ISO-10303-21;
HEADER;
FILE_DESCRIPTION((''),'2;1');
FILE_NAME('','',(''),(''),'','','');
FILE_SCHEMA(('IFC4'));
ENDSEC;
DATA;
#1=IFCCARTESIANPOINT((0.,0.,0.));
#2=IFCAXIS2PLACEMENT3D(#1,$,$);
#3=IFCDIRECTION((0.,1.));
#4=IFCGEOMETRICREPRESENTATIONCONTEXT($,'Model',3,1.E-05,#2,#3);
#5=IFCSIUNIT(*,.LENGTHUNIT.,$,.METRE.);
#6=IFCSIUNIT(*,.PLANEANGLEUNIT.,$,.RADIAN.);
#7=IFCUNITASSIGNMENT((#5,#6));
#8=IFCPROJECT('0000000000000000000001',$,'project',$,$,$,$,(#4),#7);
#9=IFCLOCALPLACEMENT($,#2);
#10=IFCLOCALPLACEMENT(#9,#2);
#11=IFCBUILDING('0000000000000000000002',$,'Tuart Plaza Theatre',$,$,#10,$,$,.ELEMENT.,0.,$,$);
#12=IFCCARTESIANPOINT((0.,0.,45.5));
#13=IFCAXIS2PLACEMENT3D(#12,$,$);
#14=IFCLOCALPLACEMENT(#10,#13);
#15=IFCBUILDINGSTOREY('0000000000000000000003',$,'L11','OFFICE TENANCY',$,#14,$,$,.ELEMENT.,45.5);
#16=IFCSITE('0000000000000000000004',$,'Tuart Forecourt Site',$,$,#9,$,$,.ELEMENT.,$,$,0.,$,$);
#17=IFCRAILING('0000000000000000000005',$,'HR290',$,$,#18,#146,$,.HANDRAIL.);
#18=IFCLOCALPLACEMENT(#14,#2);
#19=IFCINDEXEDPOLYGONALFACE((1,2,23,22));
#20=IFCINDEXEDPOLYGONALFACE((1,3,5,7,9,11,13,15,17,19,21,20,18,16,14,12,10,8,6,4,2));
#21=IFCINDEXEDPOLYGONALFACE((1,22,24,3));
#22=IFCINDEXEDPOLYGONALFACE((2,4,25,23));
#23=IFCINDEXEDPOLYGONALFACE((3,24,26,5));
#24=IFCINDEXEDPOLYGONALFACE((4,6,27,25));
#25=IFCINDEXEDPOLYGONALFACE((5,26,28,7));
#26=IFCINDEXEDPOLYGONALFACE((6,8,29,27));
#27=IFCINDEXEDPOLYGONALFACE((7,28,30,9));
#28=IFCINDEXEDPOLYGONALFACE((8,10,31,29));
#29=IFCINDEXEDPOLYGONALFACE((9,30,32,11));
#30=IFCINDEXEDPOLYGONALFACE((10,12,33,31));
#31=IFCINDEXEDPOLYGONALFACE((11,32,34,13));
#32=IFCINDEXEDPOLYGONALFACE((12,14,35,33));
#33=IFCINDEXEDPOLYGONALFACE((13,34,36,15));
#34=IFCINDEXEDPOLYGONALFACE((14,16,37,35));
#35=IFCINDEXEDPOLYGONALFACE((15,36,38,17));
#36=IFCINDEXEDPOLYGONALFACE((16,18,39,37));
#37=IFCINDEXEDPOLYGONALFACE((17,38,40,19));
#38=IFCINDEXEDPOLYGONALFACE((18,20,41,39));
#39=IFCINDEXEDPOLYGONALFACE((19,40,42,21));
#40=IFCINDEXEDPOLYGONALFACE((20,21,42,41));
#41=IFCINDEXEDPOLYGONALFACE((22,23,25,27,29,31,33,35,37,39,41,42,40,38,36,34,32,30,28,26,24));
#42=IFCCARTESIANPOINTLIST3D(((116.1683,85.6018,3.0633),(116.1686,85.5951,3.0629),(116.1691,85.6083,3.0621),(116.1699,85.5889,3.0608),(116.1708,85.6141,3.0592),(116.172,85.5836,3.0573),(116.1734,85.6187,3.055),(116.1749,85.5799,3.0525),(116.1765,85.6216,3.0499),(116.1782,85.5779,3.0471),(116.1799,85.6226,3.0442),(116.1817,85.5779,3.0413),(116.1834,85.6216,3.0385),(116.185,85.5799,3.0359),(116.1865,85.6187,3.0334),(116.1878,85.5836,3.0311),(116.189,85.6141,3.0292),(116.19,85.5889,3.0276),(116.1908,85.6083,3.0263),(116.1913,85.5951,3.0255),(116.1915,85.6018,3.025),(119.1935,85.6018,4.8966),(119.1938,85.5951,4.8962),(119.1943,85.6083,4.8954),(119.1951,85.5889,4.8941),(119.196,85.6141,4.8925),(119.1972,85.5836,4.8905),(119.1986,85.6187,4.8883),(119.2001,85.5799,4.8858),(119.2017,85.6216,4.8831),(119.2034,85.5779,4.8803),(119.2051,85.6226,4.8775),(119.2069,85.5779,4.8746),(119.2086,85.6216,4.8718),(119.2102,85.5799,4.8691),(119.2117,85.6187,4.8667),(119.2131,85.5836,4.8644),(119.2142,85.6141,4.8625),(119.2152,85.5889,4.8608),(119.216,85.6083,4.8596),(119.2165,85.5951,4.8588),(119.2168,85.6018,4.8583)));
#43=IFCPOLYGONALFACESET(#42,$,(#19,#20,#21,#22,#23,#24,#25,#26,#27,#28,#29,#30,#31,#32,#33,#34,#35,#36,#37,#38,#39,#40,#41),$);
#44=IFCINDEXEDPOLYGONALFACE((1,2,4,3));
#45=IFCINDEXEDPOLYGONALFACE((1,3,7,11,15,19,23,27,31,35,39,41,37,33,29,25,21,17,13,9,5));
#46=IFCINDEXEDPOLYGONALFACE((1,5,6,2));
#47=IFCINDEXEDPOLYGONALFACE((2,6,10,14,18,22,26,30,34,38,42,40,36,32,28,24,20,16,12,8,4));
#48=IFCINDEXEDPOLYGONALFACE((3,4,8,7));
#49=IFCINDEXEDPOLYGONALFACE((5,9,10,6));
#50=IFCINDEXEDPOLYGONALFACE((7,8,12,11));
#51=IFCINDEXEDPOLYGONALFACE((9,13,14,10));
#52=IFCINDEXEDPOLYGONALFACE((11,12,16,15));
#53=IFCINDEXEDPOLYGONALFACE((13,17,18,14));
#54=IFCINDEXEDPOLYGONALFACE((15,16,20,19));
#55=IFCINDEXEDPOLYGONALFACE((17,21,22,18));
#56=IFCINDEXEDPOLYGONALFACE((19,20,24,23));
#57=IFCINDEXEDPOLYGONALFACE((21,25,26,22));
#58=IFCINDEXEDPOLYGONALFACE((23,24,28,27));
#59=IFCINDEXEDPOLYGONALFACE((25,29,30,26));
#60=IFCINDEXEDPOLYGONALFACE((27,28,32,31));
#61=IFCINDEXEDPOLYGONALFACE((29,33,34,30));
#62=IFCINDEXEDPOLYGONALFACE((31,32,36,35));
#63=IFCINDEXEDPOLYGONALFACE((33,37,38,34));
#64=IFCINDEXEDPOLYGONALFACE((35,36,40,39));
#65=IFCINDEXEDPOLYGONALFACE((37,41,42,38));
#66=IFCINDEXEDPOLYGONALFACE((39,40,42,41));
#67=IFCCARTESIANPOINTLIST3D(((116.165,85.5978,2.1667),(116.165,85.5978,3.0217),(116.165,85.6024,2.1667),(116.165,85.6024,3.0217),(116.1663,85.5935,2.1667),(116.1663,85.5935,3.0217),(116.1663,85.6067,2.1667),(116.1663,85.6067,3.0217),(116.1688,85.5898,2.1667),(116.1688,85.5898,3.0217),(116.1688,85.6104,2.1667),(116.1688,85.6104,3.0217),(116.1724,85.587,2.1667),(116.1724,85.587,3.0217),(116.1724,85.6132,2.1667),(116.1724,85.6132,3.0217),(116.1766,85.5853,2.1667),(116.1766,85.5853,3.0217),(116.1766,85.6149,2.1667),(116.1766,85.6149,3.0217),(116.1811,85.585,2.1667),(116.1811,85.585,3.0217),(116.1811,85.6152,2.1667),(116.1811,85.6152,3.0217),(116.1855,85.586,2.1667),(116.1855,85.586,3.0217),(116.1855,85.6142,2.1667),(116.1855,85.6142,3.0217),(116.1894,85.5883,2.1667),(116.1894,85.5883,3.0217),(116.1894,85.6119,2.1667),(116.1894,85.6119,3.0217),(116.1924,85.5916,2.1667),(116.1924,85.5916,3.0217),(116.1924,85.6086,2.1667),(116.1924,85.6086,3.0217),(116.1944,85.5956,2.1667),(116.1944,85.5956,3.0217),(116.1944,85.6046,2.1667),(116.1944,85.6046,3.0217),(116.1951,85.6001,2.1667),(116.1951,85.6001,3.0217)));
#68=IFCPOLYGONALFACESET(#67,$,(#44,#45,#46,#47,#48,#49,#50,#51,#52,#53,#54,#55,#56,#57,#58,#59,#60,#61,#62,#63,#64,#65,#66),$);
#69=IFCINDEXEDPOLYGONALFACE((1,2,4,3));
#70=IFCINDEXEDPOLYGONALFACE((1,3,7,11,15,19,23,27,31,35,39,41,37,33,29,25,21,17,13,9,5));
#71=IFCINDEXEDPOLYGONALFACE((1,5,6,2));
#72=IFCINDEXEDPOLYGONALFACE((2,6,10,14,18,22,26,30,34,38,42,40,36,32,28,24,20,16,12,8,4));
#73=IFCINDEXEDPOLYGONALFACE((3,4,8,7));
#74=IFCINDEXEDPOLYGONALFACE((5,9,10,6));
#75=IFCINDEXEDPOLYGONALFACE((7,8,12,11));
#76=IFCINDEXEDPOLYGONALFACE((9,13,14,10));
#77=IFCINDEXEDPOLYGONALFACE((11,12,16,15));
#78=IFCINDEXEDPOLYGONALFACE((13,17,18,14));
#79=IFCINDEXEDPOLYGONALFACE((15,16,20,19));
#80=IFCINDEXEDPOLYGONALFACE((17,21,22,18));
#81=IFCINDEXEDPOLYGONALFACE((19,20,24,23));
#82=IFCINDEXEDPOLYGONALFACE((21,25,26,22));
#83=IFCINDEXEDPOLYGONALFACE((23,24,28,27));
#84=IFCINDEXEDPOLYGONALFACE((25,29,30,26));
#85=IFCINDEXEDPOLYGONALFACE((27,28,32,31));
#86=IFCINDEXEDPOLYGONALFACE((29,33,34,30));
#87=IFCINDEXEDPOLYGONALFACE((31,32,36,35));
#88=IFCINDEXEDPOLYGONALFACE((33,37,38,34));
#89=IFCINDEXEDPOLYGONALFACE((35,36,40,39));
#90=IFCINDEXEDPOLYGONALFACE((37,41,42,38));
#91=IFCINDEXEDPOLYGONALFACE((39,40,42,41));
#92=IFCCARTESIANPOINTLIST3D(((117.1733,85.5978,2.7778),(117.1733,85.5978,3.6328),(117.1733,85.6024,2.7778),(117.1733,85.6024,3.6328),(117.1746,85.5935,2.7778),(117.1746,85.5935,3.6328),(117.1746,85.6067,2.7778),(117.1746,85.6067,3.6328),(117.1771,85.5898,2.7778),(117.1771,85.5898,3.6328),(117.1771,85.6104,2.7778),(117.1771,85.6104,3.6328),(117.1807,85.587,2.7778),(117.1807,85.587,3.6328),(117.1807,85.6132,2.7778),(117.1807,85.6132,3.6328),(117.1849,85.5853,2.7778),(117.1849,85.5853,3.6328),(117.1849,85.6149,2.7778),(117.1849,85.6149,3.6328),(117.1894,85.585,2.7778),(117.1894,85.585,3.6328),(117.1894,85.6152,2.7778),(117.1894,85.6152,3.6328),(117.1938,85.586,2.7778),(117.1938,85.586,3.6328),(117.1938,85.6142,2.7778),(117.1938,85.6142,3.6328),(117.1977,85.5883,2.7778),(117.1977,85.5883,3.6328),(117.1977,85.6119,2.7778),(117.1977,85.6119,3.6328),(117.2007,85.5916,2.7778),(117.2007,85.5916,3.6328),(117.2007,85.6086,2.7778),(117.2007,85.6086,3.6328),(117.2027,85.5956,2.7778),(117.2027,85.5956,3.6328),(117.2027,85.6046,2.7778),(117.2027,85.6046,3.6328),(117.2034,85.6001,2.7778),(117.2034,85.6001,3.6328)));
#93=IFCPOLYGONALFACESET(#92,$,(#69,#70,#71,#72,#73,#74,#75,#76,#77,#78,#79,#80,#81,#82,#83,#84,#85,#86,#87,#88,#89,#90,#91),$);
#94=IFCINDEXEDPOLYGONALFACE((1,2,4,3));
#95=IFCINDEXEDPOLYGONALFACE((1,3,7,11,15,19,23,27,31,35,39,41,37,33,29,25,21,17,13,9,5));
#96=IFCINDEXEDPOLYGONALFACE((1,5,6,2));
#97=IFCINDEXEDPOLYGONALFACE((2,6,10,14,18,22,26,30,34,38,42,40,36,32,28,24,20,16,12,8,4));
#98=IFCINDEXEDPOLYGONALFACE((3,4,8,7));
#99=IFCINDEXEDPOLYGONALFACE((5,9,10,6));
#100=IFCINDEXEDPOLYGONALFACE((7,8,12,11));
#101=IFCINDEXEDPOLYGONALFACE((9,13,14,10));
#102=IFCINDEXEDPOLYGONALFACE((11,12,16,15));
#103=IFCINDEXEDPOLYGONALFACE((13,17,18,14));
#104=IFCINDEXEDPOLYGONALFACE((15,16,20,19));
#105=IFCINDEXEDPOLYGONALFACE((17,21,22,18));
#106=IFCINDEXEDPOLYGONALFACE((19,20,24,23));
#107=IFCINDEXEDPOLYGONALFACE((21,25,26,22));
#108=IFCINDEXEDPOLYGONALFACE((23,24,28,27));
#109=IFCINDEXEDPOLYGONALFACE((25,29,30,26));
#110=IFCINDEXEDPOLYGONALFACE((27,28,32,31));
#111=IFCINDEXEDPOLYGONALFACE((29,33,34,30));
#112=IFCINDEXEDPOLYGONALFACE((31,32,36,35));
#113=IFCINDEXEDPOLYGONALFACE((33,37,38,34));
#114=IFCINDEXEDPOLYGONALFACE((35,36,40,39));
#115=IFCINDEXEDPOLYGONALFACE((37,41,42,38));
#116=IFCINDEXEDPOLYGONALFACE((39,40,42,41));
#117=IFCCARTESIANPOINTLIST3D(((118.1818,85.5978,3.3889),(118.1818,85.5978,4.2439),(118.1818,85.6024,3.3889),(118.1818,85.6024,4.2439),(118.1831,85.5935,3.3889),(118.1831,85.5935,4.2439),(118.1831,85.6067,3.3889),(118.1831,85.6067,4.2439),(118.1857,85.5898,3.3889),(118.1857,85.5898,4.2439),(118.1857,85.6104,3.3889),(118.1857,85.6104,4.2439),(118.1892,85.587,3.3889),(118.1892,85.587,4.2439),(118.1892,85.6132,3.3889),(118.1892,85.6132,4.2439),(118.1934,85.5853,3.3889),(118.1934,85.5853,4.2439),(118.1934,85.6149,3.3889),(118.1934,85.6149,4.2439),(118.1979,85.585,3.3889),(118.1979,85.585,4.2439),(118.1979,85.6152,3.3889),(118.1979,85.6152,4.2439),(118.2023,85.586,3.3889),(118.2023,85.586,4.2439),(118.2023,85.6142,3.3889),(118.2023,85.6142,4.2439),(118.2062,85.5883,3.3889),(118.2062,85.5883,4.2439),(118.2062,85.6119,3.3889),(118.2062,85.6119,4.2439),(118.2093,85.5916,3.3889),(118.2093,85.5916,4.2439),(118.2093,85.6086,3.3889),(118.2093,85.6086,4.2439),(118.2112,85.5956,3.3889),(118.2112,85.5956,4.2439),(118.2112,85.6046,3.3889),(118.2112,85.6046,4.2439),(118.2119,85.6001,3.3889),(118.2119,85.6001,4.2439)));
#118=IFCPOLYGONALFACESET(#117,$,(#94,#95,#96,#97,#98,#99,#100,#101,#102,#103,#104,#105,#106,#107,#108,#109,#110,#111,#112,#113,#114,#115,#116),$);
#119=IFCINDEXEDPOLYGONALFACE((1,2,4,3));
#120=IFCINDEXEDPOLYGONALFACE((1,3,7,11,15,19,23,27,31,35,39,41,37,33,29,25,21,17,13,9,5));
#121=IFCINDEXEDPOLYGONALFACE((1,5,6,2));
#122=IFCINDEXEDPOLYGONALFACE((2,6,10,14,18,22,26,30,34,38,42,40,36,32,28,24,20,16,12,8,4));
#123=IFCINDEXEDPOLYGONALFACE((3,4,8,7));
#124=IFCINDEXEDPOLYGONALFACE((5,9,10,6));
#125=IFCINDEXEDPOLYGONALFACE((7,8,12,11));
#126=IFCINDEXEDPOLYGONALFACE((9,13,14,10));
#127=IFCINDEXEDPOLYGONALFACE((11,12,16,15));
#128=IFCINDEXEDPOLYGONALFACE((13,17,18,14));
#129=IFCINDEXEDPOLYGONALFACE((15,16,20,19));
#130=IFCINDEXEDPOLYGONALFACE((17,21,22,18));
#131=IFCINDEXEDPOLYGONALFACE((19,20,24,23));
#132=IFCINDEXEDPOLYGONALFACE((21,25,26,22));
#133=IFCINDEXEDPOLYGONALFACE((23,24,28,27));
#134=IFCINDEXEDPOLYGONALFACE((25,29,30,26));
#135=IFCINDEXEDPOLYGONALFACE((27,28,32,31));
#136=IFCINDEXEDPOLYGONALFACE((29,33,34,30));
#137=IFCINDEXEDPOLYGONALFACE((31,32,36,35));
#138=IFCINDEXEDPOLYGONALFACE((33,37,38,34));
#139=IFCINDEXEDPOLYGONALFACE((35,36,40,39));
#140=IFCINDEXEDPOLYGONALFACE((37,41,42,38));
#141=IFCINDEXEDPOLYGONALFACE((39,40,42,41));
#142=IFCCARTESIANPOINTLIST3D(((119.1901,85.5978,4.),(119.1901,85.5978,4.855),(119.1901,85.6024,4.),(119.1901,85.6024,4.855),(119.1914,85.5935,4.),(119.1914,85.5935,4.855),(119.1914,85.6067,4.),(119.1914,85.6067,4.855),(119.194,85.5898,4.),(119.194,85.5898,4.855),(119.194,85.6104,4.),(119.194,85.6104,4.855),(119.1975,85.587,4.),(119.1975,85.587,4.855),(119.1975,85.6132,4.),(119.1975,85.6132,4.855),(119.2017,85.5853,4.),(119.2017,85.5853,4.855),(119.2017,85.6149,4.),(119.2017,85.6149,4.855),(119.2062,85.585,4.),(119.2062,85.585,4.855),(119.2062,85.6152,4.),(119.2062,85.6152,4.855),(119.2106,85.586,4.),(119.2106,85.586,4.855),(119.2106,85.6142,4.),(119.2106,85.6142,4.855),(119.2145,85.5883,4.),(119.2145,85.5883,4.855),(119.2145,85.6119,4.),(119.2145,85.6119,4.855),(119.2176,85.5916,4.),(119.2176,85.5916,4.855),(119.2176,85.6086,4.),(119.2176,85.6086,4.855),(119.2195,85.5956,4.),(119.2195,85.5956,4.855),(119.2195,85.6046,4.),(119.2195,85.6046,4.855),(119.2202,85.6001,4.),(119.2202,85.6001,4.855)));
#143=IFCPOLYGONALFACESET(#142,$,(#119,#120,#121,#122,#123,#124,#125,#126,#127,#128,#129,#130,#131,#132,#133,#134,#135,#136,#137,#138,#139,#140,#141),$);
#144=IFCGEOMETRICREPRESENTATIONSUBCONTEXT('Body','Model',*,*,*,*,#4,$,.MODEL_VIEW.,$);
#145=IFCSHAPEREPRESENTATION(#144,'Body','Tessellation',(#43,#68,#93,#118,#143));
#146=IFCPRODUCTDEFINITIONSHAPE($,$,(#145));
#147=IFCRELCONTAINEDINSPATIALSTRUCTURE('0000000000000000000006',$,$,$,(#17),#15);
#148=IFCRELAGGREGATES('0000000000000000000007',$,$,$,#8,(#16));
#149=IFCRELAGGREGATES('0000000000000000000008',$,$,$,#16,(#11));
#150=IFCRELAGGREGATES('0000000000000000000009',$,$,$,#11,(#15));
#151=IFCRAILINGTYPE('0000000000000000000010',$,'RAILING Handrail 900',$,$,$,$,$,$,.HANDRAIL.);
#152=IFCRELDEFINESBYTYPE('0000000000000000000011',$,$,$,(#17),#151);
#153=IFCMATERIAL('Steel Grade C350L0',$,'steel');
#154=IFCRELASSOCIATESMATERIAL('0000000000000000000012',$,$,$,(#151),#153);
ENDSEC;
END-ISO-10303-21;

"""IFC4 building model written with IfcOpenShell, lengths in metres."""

from ifc_helpers import new_model, si_unit, direction, frame, origin, origin_2d, place, context, subcontext, project, spatial, circle, extrude, material, type_object, element, save


model = new_model("IFC4")

# Units and contexts
model_context = context("Model", 3, precision=1e-05, world=origin(), true_north=direction((0.0, 1.0)))
body_context = subcontext(model_context, "Body", "Model", "MODEL_VIEW")
ifc_project = project(units=[si_unit("LENGTHUNIT", "METRE"), si_unit("PLANEANGLEUNIT", "RADIAN")], contexts=[model_context])

# Site, building, storey
site_placement = place(None, origin())
site = spatial("IfcSite", under=ifc_project, at=site_placement, Name="Tuart Forecourt Site", CompositionType="ELEMENT", RefElevation=0.0)
building_placement = place(site_placement, origin())
building = spatial("IfcBuilding", under=site, at=building_placement, Name="Tuart Plaza Theatre", CompositionType="ELEMENT", ElevationOfRefHeight=0.0)
storey_placement = place(building_placement, frame((0.0, 0.0, 45.5)))
storey = spatial("IfcBuildingStorey", under=building, at=storey_placement, Name="L11", Description="OFFICE TENANCY", CompositionType="ELEMENT", Elevation=45.5)

# Railing
ifc_material_1 = material(Name="Steel Grade C350L0", Category="steel")
railing_type_1 = type_object("IfcRailingType", Name="RAILING Handrail 900", PredefinedType="HANDRAIL", material=ifc_material_1)
for number, where, name in (
    (1, (116.1799, 85.6001, 2.1667), "HR290"),
):
    element("IfcRailing", number, at=place(storey_placement, frame(where)), inside=storey, type_object=railing_type_1, Name=name, PredefinedType="HANDRAIL", context=body_context, shape_type="SweptSolid", body=[
        extrude(circle(Radius=0.0225, at=origin_2d()), frame((0.0, 0.0, 0.8774), z_axis=(0.855219, 0.0, 0.518267), x_axis=(0.0, 1.0, 0.0)), (0.0, 0.0, 1.0), 3.5374),
        extrude(circle(Radius=0.0151, at=origin_2d()), origin(), (0.0, 0.0, 1.0), 0.855),
        extrude(circle(Radius=0.0151, at=origin_2d()), frame((1.0083, 0.0, 0.6111)), (0.0, 0.0, 1.0), 0.855),
        extrude(circle(Radius=0.0151, at=origin_2d()), frame((2.0168, 0.0, 1.2222)), (0.0, 0.0, 1.0), 0.855),
        extrude(circle(Radius=0.0151, at=origin_2d()), frame((3.0251, 0.0, 1.8333)), (0.0, 0.0, 1.0), 0.855),
    ])

save(model, "model.ifc")
